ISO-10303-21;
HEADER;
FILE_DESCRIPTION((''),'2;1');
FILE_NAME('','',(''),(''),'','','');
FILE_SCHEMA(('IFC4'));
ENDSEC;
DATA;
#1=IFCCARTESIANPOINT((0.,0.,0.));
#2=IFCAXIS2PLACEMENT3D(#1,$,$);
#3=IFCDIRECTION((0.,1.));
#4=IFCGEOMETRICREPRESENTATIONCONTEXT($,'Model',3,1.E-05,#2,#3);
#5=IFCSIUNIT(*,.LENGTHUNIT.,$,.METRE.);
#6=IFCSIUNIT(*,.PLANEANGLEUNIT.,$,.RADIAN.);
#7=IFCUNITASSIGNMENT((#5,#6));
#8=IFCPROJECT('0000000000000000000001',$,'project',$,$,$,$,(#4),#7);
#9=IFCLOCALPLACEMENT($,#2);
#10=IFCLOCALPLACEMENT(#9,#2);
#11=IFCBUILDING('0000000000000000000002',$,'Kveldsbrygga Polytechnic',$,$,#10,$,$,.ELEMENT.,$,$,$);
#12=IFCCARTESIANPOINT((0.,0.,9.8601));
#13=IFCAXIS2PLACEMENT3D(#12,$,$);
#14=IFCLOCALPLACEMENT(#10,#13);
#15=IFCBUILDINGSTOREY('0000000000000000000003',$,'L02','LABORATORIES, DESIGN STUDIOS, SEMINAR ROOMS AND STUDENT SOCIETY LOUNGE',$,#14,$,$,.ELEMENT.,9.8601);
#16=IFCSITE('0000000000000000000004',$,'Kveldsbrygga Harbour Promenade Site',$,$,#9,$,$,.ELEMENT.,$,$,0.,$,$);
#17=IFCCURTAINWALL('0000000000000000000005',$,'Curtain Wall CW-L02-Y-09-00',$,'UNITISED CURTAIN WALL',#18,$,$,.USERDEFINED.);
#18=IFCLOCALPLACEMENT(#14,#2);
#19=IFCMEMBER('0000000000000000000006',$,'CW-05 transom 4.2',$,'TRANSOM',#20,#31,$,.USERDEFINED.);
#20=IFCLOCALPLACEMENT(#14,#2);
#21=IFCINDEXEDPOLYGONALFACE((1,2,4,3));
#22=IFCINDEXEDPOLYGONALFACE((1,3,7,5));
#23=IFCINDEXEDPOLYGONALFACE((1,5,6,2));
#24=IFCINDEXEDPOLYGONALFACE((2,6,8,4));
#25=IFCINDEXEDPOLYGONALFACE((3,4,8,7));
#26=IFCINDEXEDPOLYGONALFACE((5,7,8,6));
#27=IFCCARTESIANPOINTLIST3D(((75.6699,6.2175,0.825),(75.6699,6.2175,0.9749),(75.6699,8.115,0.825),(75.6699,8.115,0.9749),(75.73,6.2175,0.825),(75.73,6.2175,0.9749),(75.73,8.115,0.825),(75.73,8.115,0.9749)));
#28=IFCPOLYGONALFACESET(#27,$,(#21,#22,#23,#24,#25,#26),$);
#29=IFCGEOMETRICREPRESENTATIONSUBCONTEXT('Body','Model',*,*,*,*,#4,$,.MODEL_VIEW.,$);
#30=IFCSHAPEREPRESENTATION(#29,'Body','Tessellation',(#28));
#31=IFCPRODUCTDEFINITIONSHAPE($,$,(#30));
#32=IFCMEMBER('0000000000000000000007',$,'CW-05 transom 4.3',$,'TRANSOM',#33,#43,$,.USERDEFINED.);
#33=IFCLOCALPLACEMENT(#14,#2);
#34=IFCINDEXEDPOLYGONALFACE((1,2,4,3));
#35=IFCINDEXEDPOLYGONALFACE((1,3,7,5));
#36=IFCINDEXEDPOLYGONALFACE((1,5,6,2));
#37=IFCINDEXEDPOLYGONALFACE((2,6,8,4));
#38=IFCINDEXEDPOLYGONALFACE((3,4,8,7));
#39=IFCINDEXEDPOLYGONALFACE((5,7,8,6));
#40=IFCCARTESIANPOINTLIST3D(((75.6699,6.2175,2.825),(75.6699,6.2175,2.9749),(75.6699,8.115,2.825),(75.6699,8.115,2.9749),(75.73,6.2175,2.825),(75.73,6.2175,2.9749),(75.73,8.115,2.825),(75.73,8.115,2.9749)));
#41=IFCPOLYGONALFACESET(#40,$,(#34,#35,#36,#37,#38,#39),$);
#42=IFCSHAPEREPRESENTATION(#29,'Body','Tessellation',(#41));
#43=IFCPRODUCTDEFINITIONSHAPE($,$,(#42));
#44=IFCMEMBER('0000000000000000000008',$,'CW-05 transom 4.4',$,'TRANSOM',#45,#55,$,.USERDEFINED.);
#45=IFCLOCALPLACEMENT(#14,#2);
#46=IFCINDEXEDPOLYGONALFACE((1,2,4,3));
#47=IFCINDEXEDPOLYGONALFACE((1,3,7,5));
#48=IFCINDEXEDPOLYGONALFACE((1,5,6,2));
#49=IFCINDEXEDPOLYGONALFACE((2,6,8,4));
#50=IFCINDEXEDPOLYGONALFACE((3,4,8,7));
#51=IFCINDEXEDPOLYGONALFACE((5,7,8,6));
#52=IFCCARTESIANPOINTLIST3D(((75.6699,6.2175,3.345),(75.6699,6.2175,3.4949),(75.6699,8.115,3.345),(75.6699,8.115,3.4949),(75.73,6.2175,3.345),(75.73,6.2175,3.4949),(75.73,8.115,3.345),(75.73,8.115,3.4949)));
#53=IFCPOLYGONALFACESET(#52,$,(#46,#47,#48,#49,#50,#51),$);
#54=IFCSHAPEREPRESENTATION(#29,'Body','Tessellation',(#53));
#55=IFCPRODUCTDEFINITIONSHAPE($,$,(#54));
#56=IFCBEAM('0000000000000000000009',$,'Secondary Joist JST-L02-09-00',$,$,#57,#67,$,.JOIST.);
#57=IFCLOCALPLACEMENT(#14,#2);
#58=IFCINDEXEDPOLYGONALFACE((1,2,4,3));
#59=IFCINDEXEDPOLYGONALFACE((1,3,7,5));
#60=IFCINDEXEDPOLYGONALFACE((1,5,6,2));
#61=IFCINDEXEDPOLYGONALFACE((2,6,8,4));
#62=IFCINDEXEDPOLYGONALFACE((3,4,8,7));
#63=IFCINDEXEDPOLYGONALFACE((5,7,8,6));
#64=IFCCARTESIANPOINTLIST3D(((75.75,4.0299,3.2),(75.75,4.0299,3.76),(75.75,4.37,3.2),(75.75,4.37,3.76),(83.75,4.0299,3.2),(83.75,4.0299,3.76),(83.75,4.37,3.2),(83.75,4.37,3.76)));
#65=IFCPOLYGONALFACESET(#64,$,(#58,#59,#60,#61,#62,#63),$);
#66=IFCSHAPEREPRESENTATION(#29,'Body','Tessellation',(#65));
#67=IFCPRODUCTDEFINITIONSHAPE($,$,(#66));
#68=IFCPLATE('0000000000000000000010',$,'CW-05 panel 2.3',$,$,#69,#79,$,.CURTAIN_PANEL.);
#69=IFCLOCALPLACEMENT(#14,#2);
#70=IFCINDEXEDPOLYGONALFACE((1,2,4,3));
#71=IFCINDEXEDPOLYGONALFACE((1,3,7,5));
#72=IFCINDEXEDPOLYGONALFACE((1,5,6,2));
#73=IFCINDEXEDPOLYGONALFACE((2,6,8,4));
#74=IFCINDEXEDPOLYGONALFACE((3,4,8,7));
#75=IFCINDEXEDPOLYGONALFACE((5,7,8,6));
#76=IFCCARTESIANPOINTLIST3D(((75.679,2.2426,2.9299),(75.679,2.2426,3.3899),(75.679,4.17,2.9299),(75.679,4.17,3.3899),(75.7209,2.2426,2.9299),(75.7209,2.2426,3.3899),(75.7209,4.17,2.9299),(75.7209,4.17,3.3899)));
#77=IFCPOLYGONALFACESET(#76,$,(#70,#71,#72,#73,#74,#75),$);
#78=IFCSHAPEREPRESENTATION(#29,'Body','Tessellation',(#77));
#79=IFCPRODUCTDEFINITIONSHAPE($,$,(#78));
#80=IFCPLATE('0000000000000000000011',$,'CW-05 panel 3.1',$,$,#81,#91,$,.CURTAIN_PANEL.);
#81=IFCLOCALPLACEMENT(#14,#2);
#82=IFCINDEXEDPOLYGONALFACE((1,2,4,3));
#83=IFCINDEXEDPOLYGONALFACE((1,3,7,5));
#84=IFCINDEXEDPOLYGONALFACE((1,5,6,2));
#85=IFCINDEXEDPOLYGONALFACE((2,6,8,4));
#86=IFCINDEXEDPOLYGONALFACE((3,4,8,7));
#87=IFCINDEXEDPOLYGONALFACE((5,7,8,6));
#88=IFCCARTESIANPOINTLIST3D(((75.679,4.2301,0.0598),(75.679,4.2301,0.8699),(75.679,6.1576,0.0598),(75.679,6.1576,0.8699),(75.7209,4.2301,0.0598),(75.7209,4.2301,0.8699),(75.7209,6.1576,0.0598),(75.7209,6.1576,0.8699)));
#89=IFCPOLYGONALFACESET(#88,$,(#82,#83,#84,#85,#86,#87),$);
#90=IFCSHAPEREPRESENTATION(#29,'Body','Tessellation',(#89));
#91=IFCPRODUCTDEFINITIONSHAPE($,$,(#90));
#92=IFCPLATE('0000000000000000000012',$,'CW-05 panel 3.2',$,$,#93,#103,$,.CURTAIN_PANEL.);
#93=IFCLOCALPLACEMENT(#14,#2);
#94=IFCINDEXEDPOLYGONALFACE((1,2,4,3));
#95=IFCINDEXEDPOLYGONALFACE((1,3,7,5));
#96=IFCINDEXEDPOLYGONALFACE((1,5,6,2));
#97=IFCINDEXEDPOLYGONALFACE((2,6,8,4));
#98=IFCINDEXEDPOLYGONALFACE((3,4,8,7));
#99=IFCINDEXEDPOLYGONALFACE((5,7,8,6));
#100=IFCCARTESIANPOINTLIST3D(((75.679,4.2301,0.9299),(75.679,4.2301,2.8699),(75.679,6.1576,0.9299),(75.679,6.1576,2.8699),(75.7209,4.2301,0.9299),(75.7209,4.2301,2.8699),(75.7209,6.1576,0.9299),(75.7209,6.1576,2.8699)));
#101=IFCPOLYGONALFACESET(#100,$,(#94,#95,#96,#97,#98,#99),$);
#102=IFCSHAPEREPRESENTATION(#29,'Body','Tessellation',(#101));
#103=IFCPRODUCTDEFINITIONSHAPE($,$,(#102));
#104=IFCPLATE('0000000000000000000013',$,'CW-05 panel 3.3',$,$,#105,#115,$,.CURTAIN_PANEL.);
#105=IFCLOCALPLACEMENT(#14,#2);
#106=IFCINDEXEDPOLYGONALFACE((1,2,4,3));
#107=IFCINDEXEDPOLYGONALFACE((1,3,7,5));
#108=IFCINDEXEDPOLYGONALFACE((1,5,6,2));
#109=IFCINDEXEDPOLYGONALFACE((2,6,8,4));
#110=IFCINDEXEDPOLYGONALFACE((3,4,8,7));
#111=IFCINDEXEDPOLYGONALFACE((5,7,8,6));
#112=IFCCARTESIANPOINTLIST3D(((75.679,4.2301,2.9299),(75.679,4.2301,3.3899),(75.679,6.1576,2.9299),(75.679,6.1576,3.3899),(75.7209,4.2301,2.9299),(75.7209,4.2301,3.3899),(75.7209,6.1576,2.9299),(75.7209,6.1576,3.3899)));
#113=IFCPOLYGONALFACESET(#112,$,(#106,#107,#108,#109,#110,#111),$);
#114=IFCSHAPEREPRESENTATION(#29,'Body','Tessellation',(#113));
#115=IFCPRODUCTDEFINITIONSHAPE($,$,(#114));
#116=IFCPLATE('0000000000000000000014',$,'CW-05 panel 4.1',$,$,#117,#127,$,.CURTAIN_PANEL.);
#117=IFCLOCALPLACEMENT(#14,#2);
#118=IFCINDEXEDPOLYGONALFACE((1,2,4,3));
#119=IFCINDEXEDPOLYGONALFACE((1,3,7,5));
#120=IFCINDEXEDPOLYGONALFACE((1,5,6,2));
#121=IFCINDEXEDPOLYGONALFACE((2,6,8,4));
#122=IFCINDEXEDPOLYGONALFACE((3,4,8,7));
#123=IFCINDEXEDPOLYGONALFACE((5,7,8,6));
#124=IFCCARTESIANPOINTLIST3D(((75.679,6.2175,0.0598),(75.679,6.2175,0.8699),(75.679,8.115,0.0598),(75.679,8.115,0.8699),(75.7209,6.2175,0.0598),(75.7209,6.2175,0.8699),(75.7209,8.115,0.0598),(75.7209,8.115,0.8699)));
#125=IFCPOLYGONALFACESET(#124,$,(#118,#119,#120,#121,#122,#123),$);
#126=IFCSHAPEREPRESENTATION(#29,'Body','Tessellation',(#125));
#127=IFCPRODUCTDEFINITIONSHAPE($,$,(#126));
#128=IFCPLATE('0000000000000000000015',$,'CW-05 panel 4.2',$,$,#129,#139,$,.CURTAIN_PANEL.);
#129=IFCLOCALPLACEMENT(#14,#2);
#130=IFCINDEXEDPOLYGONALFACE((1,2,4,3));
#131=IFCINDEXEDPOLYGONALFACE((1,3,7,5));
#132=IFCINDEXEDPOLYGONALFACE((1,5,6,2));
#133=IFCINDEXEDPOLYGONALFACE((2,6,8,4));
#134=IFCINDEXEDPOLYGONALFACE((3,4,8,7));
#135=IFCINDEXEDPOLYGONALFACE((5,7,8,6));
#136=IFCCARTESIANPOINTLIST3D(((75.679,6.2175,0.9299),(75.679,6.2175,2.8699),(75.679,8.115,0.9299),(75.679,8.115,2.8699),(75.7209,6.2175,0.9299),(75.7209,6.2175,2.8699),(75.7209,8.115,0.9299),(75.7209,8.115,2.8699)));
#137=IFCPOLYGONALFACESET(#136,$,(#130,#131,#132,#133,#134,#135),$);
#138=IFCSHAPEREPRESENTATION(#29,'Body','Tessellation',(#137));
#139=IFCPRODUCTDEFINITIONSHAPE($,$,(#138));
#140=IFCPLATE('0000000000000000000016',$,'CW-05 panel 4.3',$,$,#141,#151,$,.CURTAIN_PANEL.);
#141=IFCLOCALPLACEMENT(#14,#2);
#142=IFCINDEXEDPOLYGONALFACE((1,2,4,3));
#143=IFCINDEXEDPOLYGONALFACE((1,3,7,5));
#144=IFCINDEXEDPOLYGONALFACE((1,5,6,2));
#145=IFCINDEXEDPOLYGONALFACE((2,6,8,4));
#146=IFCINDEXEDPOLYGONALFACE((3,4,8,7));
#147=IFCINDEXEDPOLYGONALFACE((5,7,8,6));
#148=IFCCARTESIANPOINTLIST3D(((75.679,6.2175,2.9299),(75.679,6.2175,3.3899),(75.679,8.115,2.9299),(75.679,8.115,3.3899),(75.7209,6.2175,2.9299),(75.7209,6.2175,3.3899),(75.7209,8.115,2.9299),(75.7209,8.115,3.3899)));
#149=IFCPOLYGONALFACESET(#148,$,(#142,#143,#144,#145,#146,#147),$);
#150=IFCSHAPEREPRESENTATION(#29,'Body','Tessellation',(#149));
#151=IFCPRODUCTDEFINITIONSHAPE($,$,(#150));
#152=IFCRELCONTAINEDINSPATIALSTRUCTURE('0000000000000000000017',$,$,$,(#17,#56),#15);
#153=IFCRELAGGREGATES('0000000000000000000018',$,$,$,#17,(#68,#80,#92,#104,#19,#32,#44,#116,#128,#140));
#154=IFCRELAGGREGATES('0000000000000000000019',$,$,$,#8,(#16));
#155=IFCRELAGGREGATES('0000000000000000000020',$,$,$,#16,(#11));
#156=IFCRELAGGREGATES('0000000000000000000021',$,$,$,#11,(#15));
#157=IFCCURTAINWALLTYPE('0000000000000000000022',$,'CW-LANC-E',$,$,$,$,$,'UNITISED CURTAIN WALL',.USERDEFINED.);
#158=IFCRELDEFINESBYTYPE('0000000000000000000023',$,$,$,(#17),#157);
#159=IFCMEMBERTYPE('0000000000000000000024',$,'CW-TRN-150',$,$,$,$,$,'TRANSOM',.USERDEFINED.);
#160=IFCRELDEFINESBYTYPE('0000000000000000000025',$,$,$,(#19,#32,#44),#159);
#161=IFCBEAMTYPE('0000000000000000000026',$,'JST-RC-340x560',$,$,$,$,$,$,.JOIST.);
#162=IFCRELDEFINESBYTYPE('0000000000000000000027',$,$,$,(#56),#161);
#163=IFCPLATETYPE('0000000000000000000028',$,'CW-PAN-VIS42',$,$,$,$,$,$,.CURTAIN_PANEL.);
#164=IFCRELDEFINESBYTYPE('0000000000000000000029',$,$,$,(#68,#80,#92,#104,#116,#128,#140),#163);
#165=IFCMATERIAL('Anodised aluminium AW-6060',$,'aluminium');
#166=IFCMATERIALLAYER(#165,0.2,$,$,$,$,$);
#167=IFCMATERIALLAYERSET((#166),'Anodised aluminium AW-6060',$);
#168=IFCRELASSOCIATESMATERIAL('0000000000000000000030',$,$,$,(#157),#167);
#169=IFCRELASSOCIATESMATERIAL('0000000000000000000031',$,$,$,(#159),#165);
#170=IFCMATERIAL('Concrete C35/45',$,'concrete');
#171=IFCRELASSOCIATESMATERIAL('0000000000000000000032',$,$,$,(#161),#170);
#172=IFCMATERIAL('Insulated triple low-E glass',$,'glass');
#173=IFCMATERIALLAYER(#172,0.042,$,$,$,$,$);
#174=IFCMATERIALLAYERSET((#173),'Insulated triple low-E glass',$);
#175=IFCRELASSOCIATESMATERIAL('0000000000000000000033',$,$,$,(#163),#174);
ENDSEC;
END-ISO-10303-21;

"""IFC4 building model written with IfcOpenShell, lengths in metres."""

from ifc_helpers import new_model, si_unit, direction, frame, origin, origin_2d, place, context, subcontext, project, spatial, rectangle, extrude, material, layer, layer_set, material_profile, profile_set, type_object, element, aggregate, save


model = new_model("IFC4")

# Units and contexts
model_context = context("Model", 3, precision=1e-05, world=origin(), true_north=direction((0.0, 1.0)))
body_context = subcontext(model_context, "Body", "Model", "MODEL_VIEW")
ifc_project = project(units=[si_unit("LENGTHUNIT", "METRE"), si_unit("PLANEANGLEUNIT", "RADIAN")], contexts=[model_context])

# Site, building, storey
site_placement = place(None, origin())
site = spatial("IfcSite", under=ifc_project, at=site_placement, Name="Kveldsbrygga Harbour Promenade Site", CompositionType="ELEMENT", RefElevation=0.0)
building_placement = place(site_placement, origin())
building = spatial("IfcBuilding", under=site, at=building_placement, Name="Kveldsbrygga Polytechnic", CompositionType="ELEMENT")
storey_placement = place(building_placement, frame((0.0, 0.0, 9.8601)))
storey = spatial("IfcBuildingStorey", under=building, at=storey_placement, Name="L02", Description="LABORATORIES, DESIGN STUDIOS, SEMINAR ROOMS AND STUDENT SOCIETY LOUNGE", CompositionType="ELEMENT", Elevation=9.8601)

# Shared definitions
ifc_material_1 = material(Name="Concrete C35/45", Category="concrete")

# Curtain wall, members
ifc_material_2 = material(Name="Anodised aluminium AW-6060", Category="aluminium")
ifc_layer_1 = layer(ifc_material_2, 0.2)
ifc_layer_set_1 = layer_set([ifc_layer_1], Name="Anodised aluminium AW-6060")
curtain_wall_type = type_object("IfcCurtainWallType", Name="CW-LANC-E", ElementType="UNITISED CURTAIN WALL", PredefinedType="USERDEFINED", material=ifc_layer_set_1)
curtain_wall_placement = place(storey_placement, origin())
curtain_wall = element("IfcCurtainWall", 1, at=curtain_wall_placement, inside=storey, type_object=curtain_wall_type, Name="Curtain Wall CW-L02-Y-09-00", ObjectType="UNITISED CURTAIN WALL", PredefinedType="USERDEFINED")
ifc_material_profile_1 = material_profile(ifc_material_2, rectangle(XDim=0.0601, YDim=0.1499, at=origin_2d()), Name="ALU 60x150")
ifc_profile_set_1 = profile_set([ifc_material_profile_1], Name="Anodised aluminium AW-6060")
member_type_1 = type_object("IfcMemberType", Name="CW-TRN-150", ElementType="TRANSOM", PredefinedType="USERDEFINED", material=ifc_profile_set_1)
member_1_placement = place(storey_placement, frame((75.7, 6.2175, 0.8999), z_axis=(0.0, 1.0, 0.0), x_axis=(-1.0, 0.0, 0.0)))
member_1 = element("IfcMember", 2, at=member_1_placement, type_object=member_type_1, Name="CW-05 transom 4.2", ObjectType="TRANSOM", PredefinedType="USERDEFINED", context=body_context, shape_type="SweptSolid", body=[
    extrude(rectangle(XDim=0.0601, YDim=0.1499, at=origin_2d()), origin(), (0.0, 0.0, 1.0), 1.8975),
])
member_2_placement = place(storey_placement, frame((75.7, 6.2175, 2.8999), z_axis=(0.0, 1.0, 0.0), x_axis=(-1.0, 0.0, 0.0)))
member_2 = element("IfcMember", 3, at=member_2_placement, type_object=member_type_1, Name="CW-05 transom 4.3", ObjectType="TRANSOM", PredefinedType="USERDEFINED", context=body_context, shape_type="SweptSolid", body=[
    extrude(rectangle(XDim=0.0601, YDim=0.1499, at=origin_2d()), origin(), (0.0, 0.0, 1.0), 1.8975),
])
member_3_placement = place(storey_placement, frame((75.7, 6.2175, 3.4199), z_axis=(0.0, 1.0, 0.0), x_axis=(-1.0, 0.0, 0.0)))
member_3 = element("IfcMember", 4, at=member_3_placement, type_object=member_type_1, Name="CW-05 transom 4.4", ObjectType="TRANSOM", PredefinedType="USERDEFINED", context=body_context, shape_type="SweptSolid", body=[
    extrude(rectangle(XDim=0.0601, YDim=0.1499, at=origin_2d()), origin(), (0.0, 0.0, 1.0), 1.8975),
])

# Beam
ifc_material_profile_2 = material_profile(ifc_material_1, rectangle(XDim=0.3401, YDim=0.5601, at=origin_2d()), Name="RC 340x560")
ifc_profile_set_2 = profile_set([ifc_material_profile_2], Name="Concrete C35/45")
beam_type_1 = type_object("IfcBeamType", Name="JST-RC-340x560", PredefinedType="JOIST", material=ifc_profile_set_2)
beam_1_placement = place(storey_placement, frame((75.75, 4.2, 3.48), z_axis=(1.0, 0.0, 0.0), x_axis=(0.0, 1.0, 0.0)))
element("IfcBeam", 5, at=beam_1_placement, inside=storey, type_object=beam_type_1, Name="Secondary Joist JST-L02-09-00", PredefinedType="JOIST", context=body_context, shape_type="SweptSolid", body=[
    extrude(rectangle(XDim=0.3401, YDim=0.5601, at=origin_2d()), origin(), (0.0, 0.0, 1.0), 8.0),
])

# Plates
ifc_material_3 = material(Name="Insulated triple low-E glass", Category="glass")
ifc_layer_2 = layer(ifc_material_3, 0.042)
ifc_layer_set_2 = layer_set([ifc_layer_2], Name="Insulated triple low-E glass")
plate_type = type_object("IfcPlateType", Name="CW-PAN-VIS42", PredefinedType="CURTAIN_PANEL", material=ifc_layer_set_2)
plate_1_placement = place(storey_placement, frame((75.7, 3.2063, 2.9299), z_axis=(0.0, 0.0, 1.0), x_axis=(0.0, 1.0, 0.0)))
plate_1 = element("IfcPlate", 6, at=plate_1_placement, type_object=plate_type, Name="CW-05 panel 2.3", PredefinedType="CURTAIN_PANEL", context=body_context, shape_type="SweptSolid", body=[
    extrude(rectangle(XDim=1.9275, YDim=0.042, at=origin_2d()), origin(), (0.0, 0.0, 1.0), 0.46),
])
plate_2_placement = place(storey_placement, frame((75.7, 5.1938, 0.0598), z_axis=(0.0, 0.0, 1.0), x_axis=(0.0, 1.0, 0.0)))
plate_2 = element("IfcPlate", 7, at=plate_2_placement, type_object=plate_type, Name="CW-05 panel 3.1", PredefinedType="CURTAIN_PANEL", context=body_context, shape_type="SweptSolid", body=[
    extrude(rectangle(XDim=1.9275, YDim=0.042, at=origin_2d()), origin(), (0.0, 0.0, 1.0), 0.8101),
])
plate_3_placement = place(storey_placement, frame((75.7, 5.1938, 0.9299), z_axis=(0.0, 0.0, 1.0), x_axis=(0.0, 1.0, 0.0)))
plate_3 = element("IfcPlate", 8, at=plate_3_placement, type_object=plate_type, Name="CW-05 panel 3.2", PredefinedType="CURTAIN_PANEL", context=body_context, shape_type="SweptSolid", body=[
    extrude(rectangle(XDim=1.9275, YDim=0.042, at=origin_2d()), origin(), (0.0, 0.0, 1.0), 1.9399),
])
plate_4_placement = place(storey_placement, frame((75.7, 5.1938, 2.9299), z_axis=(0.0, 0.0, 1.0), x_axis=(0.0, 1.0, 0.0)))
plate_4 = element("IfcPlate", 9, at=plate_4_placement, type_object=plate_type, Name="CW-05 panel 3.3", PredefinedType="CURTAIN_PANEL", context=body_context, shape_type="SweptSolid", body=[
    extrude(rectangle(XDim=1.9275, YDim=0.042, at=origin_2d()), origin(), (0.0, 0.0, 1.0), 0.46),
])
plate_5_placement = place(storey_placement, frame((75.7, 7.1663, 0.0598), z_axis=(0.0, 0.0, 1.0), x_axis=(0.0, 1.0, 0.0)))
plate_5 = element("IfcPlate", 10, at=plate_5_placement, type_object=plate_type, Name="CW-05 panel 4.1", PredefinedType="CURTAIN_PANEL", context=body_context, shape_type="SweptSolid", body=[
    extrude(rectangle(XDim=1.8975, YDim=0.042, at=origin_2d()), origin(), (0.0, 0.0, 1.0), 0.8101),
])
plate_6_placement = place(storey_placement, frame((75.7, 7.1663, 0.9299), z_axis=(0.0, 0.0, 1.0), x_axis=(0.0, 1.0, 0.0)))
plate_6 = element("IfcPlate", 11, at=plate_6_placement, type_object=plate_type, Name="CW-05 panel 4.2", PredefinedType="CURTAIN_PANEL", context=body_context, shape_type="SweptSolid", body=[
    extrude(rectangle(XDim=1.8975, YDim=0.042, at=origin_2d()), origin(), (0.0, 0.0, 1.0), 1.9399),
])
plate_7_placement = place(storey_placement, frame((75.7, 7.1663, 2.9299), z_axis=(0.0, 0.0, 1.0), x_axis=(0.0, 1.0, 0.0)))
plate_7 = element("IfcPlate", 12, at=plate_7_placement, type_object=plate_type, Name="CW-05 panel 4.3", PredefinedType="CURTAIN_PANEL", context=body_context, shape_type="SweptSolid", body=[
    extrude(rectangle(XDim=1.8975, YDim=0.042, at=origin_2d()), origin(), (0.0, 0.0, 1.0), 0.46),
])
aggregate(curtain_wall, [plate_1, plate_2, plate_3, plate_4, member_1, member_2, member_3, plate_5, plate_6, plate_7])

save(model, "model.ifc")
